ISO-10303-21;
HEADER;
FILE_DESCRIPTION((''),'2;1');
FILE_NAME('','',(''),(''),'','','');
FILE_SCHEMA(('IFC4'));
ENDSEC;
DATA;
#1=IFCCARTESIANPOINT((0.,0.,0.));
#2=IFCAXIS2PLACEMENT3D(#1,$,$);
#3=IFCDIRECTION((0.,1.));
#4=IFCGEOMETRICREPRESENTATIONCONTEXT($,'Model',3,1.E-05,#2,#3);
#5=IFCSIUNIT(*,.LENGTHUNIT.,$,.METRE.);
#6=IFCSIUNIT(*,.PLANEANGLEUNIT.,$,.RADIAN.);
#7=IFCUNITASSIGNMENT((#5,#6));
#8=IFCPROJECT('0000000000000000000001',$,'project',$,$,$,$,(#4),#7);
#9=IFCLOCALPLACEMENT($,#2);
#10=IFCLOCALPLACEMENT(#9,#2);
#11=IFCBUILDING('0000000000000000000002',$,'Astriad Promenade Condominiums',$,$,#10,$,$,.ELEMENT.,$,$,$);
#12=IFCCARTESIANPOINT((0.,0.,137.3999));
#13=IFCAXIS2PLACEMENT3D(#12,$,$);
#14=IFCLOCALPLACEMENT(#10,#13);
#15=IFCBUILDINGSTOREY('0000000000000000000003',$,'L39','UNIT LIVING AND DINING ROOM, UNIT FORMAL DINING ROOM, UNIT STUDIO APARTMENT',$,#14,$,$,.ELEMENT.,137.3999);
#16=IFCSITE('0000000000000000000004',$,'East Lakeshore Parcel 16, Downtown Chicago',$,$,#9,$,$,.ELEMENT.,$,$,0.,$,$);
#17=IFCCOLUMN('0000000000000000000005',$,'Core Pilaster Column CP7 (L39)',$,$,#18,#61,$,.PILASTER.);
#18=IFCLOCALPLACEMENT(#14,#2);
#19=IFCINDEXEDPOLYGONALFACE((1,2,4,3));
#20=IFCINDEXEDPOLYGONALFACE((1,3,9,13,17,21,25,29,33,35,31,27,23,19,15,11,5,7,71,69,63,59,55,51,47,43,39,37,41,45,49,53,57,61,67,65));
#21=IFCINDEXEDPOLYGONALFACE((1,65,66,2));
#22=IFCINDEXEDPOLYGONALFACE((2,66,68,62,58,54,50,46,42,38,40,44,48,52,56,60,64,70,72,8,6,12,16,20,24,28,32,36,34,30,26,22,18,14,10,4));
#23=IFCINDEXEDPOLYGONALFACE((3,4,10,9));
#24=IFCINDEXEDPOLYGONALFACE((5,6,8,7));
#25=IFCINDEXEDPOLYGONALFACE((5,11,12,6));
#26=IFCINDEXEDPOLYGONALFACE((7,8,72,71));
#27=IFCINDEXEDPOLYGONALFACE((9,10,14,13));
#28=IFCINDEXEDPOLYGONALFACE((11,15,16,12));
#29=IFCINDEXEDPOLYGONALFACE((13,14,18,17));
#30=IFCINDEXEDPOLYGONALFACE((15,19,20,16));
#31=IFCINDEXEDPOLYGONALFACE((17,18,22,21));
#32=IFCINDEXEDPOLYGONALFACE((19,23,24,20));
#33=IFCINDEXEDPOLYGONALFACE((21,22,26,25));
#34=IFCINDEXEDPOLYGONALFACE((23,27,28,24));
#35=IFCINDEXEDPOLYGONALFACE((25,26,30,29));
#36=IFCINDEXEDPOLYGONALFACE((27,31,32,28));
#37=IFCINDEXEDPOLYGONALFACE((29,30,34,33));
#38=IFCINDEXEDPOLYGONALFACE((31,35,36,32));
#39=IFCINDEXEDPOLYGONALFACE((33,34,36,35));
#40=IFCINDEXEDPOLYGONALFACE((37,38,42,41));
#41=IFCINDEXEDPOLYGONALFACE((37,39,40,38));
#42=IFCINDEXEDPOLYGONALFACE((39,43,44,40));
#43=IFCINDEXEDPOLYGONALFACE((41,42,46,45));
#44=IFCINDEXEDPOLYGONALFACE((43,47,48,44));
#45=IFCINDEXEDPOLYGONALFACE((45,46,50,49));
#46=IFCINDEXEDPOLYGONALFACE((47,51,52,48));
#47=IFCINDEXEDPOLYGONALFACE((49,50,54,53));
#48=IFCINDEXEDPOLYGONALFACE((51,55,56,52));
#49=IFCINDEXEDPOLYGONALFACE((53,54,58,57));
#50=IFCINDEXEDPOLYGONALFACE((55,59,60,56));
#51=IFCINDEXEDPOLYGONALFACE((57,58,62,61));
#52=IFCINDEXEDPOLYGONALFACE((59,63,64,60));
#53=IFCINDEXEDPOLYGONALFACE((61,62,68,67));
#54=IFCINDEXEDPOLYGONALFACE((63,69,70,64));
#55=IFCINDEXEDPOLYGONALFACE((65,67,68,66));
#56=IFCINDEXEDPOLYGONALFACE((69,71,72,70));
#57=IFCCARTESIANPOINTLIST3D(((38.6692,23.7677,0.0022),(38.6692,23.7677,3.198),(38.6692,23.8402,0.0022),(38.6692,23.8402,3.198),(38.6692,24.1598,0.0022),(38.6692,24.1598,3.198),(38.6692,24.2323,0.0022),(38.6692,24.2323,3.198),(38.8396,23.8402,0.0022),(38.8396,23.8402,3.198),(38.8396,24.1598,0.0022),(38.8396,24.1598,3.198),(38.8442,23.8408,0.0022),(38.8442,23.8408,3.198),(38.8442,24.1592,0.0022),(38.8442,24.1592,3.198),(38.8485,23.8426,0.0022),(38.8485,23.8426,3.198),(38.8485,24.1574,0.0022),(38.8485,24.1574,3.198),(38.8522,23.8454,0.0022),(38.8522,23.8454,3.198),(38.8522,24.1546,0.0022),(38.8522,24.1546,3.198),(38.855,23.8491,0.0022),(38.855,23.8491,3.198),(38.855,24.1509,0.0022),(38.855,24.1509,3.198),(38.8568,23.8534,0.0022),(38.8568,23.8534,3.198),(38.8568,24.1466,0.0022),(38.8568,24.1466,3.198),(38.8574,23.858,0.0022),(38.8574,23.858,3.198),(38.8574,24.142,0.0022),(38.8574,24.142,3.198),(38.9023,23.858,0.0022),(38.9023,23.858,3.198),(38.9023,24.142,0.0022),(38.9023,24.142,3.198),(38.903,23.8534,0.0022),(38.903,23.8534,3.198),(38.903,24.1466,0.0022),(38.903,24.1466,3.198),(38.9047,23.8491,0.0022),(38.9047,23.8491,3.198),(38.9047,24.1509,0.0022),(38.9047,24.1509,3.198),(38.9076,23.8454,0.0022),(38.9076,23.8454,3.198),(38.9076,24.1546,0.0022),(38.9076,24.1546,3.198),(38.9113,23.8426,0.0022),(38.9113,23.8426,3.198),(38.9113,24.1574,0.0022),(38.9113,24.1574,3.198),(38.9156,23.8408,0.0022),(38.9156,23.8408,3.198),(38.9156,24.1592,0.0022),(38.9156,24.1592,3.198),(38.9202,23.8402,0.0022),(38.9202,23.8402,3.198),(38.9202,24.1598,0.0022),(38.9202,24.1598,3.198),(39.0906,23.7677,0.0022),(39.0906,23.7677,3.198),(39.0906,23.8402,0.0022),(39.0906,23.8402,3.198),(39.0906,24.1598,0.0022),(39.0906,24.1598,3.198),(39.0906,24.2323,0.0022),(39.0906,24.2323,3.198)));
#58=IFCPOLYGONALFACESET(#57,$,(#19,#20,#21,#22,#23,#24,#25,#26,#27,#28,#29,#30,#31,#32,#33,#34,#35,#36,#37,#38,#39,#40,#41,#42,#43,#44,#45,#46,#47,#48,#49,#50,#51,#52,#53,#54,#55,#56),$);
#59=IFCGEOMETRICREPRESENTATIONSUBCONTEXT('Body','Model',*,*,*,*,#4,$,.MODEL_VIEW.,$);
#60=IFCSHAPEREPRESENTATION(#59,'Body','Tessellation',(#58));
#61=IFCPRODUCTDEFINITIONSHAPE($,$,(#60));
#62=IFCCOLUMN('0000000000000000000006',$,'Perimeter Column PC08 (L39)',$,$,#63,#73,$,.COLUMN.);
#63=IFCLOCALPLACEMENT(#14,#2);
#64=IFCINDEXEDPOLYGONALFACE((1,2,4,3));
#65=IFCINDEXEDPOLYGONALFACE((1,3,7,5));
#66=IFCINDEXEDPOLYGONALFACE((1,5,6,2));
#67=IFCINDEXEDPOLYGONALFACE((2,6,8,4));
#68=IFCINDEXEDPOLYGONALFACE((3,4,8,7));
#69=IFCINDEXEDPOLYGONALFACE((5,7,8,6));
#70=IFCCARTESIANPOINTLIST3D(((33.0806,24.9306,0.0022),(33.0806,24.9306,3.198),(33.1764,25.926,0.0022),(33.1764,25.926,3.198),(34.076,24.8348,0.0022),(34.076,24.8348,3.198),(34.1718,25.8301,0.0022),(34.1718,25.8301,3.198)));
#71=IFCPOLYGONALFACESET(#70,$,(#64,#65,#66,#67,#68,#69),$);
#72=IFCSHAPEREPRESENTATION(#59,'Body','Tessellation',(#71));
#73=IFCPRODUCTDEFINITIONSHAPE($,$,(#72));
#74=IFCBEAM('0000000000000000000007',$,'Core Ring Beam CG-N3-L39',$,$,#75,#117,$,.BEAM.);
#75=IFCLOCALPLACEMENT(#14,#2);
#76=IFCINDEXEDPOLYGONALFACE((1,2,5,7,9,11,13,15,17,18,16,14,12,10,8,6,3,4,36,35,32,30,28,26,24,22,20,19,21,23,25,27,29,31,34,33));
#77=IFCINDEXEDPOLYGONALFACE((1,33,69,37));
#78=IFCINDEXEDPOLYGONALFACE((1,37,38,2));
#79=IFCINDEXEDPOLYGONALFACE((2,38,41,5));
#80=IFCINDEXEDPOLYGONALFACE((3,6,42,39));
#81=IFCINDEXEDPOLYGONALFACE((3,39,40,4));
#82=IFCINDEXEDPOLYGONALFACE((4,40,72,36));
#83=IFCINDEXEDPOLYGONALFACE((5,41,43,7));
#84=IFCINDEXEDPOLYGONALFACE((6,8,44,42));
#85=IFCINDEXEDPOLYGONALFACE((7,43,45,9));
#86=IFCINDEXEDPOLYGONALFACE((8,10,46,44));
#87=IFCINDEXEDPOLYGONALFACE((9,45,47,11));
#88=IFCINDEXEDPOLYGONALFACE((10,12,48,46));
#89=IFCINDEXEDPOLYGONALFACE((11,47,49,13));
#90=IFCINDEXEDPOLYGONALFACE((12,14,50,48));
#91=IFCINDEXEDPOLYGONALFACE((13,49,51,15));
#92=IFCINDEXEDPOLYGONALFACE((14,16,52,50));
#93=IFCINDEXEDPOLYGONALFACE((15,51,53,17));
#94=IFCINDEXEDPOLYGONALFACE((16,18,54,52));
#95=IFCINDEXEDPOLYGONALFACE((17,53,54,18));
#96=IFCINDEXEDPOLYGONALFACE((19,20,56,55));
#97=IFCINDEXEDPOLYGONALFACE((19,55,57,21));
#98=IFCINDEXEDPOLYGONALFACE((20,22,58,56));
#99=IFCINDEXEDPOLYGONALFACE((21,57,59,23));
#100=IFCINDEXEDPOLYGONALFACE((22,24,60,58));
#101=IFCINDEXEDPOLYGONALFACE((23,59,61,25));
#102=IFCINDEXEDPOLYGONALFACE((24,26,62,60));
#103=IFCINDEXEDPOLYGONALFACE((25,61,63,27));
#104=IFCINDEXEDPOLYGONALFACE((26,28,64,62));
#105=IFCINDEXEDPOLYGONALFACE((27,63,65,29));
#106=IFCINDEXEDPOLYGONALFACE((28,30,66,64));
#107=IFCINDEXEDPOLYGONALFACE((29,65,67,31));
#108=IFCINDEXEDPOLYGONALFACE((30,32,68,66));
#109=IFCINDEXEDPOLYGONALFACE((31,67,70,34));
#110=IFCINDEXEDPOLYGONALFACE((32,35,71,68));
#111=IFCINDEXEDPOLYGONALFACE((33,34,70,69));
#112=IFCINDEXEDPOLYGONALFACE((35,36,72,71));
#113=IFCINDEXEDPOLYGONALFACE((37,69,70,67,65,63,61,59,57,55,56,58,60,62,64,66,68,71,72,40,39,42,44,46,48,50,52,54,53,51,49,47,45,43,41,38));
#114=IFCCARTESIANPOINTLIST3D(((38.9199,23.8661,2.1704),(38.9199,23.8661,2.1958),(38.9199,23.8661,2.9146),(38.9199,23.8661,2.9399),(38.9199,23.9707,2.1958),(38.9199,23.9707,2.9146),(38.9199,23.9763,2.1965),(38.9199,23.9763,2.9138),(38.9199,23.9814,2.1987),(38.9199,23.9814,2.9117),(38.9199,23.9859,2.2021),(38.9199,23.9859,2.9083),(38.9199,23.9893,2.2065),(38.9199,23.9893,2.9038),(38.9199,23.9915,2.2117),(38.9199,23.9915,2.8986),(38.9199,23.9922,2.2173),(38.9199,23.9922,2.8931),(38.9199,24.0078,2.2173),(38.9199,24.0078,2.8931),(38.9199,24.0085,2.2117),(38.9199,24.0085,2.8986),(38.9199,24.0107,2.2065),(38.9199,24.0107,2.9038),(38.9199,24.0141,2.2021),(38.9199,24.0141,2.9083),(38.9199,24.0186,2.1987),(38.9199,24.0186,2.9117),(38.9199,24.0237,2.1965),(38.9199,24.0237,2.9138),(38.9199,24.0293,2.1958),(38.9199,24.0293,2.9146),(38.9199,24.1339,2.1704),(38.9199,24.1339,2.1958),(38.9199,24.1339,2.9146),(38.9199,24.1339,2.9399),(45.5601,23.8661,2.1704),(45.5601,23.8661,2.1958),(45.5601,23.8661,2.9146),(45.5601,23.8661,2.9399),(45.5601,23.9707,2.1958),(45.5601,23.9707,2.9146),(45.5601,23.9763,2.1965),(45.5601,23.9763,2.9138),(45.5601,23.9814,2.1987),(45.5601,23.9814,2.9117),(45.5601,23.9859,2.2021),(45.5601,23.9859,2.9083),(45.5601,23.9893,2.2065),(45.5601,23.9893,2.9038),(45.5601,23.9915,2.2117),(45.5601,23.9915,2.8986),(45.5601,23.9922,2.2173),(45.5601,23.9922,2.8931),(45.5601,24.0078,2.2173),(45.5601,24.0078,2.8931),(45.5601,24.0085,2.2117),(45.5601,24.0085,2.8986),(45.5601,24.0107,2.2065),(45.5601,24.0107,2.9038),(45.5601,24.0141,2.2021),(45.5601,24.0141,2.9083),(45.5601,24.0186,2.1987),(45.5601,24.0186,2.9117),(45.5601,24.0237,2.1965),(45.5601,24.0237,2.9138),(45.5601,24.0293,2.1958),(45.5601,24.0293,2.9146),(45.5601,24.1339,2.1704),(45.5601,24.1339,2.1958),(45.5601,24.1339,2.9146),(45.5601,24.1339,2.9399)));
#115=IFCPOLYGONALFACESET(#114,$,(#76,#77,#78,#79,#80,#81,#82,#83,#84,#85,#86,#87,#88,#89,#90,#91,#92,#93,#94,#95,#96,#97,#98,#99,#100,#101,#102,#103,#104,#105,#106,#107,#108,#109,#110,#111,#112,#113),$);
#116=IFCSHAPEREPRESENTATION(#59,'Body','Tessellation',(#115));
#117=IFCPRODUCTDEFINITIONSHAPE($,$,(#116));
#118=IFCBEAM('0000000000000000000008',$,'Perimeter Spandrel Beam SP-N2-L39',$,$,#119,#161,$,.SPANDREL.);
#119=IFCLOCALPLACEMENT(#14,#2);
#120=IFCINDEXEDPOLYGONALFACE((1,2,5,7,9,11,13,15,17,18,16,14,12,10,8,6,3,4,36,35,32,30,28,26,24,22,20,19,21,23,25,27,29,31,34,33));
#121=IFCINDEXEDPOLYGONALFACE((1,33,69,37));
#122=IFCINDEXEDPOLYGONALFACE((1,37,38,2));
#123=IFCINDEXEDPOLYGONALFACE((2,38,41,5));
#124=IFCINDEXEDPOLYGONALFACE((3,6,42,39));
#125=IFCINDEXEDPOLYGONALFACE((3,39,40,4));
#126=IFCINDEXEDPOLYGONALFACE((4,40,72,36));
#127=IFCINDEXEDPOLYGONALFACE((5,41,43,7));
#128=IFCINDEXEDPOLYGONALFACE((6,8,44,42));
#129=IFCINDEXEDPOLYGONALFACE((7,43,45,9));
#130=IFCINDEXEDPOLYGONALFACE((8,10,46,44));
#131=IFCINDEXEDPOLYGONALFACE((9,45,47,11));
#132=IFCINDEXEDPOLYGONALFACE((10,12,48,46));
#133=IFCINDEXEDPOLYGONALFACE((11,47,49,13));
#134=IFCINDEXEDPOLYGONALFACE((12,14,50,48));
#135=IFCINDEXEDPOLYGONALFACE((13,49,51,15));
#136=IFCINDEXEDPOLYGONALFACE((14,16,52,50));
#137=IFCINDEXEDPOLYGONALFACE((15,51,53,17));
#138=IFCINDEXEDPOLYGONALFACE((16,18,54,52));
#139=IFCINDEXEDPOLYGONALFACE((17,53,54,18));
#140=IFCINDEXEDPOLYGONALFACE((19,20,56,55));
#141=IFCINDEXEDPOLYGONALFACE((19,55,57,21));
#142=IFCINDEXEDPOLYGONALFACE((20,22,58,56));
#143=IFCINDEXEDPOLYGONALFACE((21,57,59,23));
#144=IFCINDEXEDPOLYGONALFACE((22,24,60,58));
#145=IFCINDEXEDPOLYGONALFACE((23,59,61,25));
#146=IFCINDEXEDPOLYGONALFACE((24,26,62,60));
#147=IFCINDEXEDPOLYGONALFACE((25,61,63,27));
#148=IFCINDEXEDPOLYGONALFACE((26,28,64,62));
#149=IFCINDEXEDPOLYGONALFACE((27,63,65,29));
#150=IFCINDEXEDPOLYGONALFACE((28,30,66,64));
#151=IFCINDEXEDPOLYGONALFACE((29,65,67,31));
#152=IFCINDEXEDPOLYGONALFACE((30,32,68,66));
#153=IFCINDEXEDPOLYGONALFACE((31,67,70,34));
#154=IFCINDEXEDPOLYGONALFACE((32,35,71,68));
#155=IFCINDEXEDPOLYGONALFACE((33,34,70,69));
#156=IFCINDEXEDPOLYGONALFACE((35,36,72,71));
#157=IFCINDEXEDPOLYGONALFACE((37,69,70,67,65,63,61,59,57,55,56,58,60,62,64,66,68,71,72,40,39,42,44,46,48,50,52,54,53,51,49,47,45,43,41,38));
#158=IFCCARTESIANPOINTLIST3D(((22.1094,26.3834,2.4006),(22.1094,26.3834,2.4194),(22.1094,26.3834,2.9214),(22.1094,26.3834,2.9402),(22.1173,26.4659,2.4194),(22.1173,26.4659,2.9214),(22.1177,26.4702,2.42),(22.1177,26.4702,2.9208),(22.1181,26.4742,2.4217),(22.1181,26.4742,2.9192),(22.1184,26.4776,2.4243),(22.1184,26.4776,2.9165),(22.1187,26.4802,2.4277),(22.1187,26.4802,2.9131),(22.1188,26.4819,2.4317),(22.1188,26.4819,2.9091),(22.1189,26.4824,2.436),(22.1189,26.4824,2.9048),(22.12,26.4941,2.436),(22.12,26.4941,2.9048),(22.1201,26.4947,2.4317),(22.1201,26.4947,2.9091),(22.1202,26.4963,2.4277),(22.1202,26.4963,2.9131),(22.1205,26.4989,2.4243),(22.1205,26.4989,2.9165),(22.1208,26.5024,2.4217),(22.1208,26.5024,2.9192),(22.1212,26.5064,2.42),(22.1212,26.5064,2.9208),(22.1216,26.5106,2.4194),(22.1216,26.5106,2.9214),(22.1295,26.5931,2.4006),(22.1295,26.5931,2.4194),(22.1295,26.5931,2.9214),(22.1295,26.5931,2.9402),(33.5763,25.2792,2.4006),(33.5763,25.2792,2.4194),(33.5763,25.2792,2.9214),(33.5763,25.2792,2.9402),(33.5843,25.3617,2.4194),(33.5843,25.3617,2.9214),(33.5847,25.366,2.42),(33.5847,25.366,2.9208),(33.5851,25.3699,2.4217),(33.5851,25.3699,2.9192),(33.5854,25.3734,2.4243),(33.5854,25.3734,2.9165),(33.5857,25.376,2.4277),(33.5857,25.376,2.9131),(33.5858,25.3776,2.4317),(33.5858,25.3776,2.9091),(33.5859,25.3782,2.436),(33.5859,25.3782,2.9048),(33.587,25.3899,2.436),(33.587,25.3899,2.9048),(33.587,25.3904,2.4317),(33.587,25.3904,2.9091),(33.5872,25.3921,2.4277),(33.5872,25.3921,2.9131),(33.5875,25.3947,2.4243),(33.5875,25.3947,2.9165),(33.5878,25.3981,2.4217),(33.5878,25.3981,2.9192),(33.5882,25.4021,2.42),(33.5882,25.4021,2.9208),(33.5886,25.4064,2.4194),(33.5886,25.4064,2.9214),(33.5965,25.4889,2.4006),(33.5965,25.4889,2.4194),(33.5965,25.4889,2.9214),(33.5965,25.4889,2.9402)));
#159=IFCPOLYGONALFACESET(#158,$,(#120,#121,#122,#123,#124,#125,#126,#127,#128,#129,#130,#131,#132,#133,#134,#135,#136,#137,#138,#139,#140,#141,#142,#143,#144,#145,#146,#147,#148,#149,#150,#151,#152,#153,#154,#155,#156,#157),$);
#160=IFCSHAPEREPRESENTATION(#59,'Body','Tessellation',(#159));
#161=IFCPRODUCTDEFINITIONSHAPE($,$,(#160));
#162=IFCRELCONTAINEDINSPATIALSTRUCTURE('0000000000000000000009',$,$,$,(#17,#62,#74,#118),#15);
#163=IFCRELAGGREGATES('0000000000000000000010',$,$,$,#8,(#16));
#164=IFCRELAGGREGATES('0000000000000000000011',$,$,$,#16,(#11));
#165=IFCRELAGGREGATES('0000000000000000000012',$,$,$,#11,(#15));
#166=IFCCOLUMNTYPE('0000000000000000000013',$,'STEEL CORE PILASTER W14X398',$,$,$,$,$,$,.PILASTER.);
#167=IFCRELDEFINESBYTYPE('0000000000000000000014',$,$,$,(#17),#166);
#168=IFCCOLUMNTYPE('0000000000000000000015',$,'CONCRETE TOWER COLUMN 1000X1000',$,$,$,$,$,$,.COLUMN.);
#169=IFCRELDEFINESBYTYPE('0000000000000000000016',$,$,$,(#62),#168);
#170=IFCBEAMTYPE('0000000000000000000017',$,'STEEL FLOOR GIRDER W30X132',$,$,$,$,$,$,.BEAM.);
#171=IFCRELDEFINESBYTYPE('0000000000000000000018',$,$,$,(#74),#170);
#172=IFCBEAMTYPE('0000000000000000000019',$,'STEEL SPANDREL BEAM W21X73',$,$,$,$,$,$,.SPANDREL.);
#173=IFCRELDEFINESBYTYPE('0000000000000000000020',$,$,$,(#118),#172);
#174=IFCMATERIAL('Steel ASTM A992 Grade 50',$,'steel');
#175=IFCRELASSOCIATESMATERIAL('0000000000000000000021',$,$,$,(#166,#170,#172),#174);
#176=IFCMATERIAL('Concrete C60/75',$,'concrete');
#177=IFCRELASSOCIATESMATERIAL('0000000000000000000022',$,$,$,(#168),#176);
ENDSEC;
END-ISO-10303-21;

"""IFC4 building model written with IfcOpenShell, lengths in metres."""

from ifc_helpers import new_model, si_unit, direction, frame, origin, origin_2d, place, context, subcontext, project, spatial, rectangle, i_section, extrude, source, transform, mapped, material, material_profile, profile_set, type_object, type_shapes, element, save


model = new_model("IFC4")

# Units and contexts
model_context = context("Model", 3, precision=1e-05, world=origin(), true_north=direction((0.0, 1.0)))
body_context = subcontext(model_context, "Body", "Model", "MODEL_VIEW")
ifc_project = project(units=[si_unit("LENGTHUNIT", "METRE"), si_unit("PLANEANGLEUNIT", "RADIAN")], contexts=[model_context])

# Site, building, storey
site_placement = place(None, origin())
site = spatial("IfcSite", under=ifc_project, at=site_placement, Name="East Lakeshore Parcel 16, Downtown Chicago", CompositionType="ELEMENT", RefElevation=0.0)
building_placement = place(site_placement, origin())
building = spatial("IfcBuilding", under=site, at=building_placement, Name="Astriad Promenade Condominiums", CompositionType="ELEMENT")
storey_placement = place(building_placement, frame((0.0, 0.0, 137.3999)))
storey = spatial("IfcBuildingStorey", under=building, at=storey_placement, Name="L39", Description="UNIT LIVING AND DINING ROOM, UNIT FORMAL DINING ROOM, UNIT STUDIO APARTMENT", CompositionType="ELEMENT", Elevation=137.3999)

# Columns
ifc_material_1 = material(Name="Steel ASTM A992 Grade 50", Category="steel")
ifc_material_profile_1 = material_profile(ifc_material_1, i_section(OverallWidth=0.4214, OverallDepth=0.4646, WebThickness=0.0449, FlangeThickness=0.0725, FilletRadius=0.0178, at=origin_2d()), Name="W14X398")
ifc_profile_set_1 = profile_set([ifc_material_profile_1], Name="Steel ASTM A992 Grade 50")
column_type_1 = type_object("IfcColumnType", Name="STEEL CORE PILASTER W14X398", PredefinedType="PILASTER", material=ifc_profile_set_1)
shared_shape_1 = source(origin(), body_context, "Body", "SweptSolid", [
    extrude(i_section(OverallWidth=0.4214, OverallDepth=0.4646, WebThickness=0.0449, FlangeThickness=0.0725, FilletRadius=0.0178, at=origin_2d()), origin(), (0.0, 0.0, 1.0), 3.1958),
])
type_shapes(column_type_1, [shared_shape_1])
column_1_placement = place(storey_placement, frame((38.8799, 24.0, 0.0022), z_axis=(0.0, 0.0, 1.0), x_axis=(1.0, 0.0, 0.0)))
element("IfcColumn", 1, at=column_1_placement, inside=storey, type_object=column_type_1, Name="Core Pilaster Column CP7 (L39)", PredefinedType="PILASTER", context=body_context, shape_type="MappedRepresentation", body=[
    mapped(shared_shape_1, transform((0.0, 0.0, 0.0), scale=1.0)),
])
ifc_material_2 = material(Name="Concrete C60/75", Category="concrete")
ifc_material_profile_2 = material_profile(ifc_material_2, rectangle(XDim=1.0, YDim=1.0, at=origin_2d()), Name="RC-COL-1000X1000")
ifc_profile_set_2 = profile_set([ifc_material_profile_2], Name="Concrete C60/75")
column_type_2 = type_object("IfcColumnType", Name="CONCRETE TOWER COLUMN 1000X1000", PredefinedType="COLUMN", material=ifc_profile_set_2)
shared_shape_2 = source(origin(), body_context, "Body", "SweptSolid", [
    extrude(rectangle(XDim=1.0, YDim=1.0, at=origin_2d()), origin(), (0.0, 0.0, 1.0), 3.1958),
])
type_shapes(column_type_2, [shared_shape_2])
column_2_placement = place(storey_placement, frame((33.6262, 25.3804, 0.0022), z_axis=(0.0, 0.0, 1.0), x_axis=(0.995396, -0.095846, 0.0)))
element("IfcColumn", 2, at=column_2_placement, inside=storey, type_object=column_type_2, Name="Perimeter Column PC08 (L39)", PredefinedType="COLUMN", context=body_context, shape_type="MappedRepresentation", body=[
    mapped(shared_shape_2, transform((0.0, 0.0, 0.0), scale=1.0)),
])

# Beams
ifc_material_profile_3 = material_profile(ifc_material_1, i_section(OverallWidth=0.2678, OverallDepth=0.7695, WebThickness=0.0156, FlangeThickness=0.0254, FilletRadius=0.0215, at=origin_2d()), Name="W30X132")
ifc_profile_set_3 = profile_set([ifc_material_profile_3], Name="Steel ASTM A992 Grade 50")
beam_type_1 = type_object("IfcBeamType", Name="STEEL FLOOR GIRDER W30X132", PredefinedType="BEAM", material=ifc_profile_set_3)
shared_shape_3 = source(origin(), body_context, "Body", "SweptSolid", [
    extrude(i_section(OverallWidth=0.2678, OverallDepth=0.7695, WebThickness=0.0156, FlangeThickness=0.0254, FilletRadius=0.0215, at=origin_2d()), origin(), (0.0, 0.0, 1.0), 6.6401),
])
type_shapes(beam_type_1, [shared_shape_3])
beam_1_placement = place(storey_placement, frame((38.9199, 24.0, 2.5552), z_axis=(1.0, 0.0, 0.0), x_axis=(0.0, 1.0, 0.0)))
element("IfcBeam", 3, at=beam_1_placement, inside=storey, type_object=beam_type_1, Name="Core Ring Beam CG-N3-L39", PredefinedType="BEAM", context=body_context, shape_type="MappedRepresentation", body=[
    mapped(shared_shape_3, transform((0.0, 0.0, 0.0), scale=1.0)),
])
ifc_material_profile_4 = material_profile(ifc_material_1, i_section(OverallWidth=0.2107, OverallDepth=0.5396, WebThickness=0.0117, FlangeThickness=0.0188, FilletRadius=0.0166, at=origin_2d()), Name="W21X73")
ifc_profile_set_4 = profile_set([ifc_material_profile_4], Name="Steel ASTM A992 Grade 50")
beam_type_2 = type_object("IfcBeamType", Name="STEEL SPANDREL BEAM W21X73", PredefinedType="SPANDREL", material=ifc_profile_set_4)
shared_shape_4 = source(origin(), body_context, "Body", "SweptSolid", [
    extrude(i_section(OverallWidth=0.2107, OverallDepth=0.5396, WebThickness=0.0117, FlangeThickness=0.0188, FilletRadius=0.0166, at=origin_2d()), origin(), (0.0, 0.0, 1.0), 11.52),
])
type_shapes(beam_type_2, [shared_shape_4])
beam_2_placement = place(storey_placement, frame((33.5864, 25.384, 2.6704), z_axis=(-0.995395, 0.095854, 0.0), x_axis=(-0.095854, -0.995395, 0.0)))
element("IfcBeam", 4, at=beam_2_placement, inside=storey, type_object=beam_type_2, Name="Perimeter Spandrel Beam SP-N2-L39", PredefinedType="SPANDREL", context=body_context, shape_type="MappedRepresentation", body=[
    mapped(shared_shape_4, transform((0.0, 0.0, 0.0), scale=1.0)),
])

save(model, "model.ifc")
